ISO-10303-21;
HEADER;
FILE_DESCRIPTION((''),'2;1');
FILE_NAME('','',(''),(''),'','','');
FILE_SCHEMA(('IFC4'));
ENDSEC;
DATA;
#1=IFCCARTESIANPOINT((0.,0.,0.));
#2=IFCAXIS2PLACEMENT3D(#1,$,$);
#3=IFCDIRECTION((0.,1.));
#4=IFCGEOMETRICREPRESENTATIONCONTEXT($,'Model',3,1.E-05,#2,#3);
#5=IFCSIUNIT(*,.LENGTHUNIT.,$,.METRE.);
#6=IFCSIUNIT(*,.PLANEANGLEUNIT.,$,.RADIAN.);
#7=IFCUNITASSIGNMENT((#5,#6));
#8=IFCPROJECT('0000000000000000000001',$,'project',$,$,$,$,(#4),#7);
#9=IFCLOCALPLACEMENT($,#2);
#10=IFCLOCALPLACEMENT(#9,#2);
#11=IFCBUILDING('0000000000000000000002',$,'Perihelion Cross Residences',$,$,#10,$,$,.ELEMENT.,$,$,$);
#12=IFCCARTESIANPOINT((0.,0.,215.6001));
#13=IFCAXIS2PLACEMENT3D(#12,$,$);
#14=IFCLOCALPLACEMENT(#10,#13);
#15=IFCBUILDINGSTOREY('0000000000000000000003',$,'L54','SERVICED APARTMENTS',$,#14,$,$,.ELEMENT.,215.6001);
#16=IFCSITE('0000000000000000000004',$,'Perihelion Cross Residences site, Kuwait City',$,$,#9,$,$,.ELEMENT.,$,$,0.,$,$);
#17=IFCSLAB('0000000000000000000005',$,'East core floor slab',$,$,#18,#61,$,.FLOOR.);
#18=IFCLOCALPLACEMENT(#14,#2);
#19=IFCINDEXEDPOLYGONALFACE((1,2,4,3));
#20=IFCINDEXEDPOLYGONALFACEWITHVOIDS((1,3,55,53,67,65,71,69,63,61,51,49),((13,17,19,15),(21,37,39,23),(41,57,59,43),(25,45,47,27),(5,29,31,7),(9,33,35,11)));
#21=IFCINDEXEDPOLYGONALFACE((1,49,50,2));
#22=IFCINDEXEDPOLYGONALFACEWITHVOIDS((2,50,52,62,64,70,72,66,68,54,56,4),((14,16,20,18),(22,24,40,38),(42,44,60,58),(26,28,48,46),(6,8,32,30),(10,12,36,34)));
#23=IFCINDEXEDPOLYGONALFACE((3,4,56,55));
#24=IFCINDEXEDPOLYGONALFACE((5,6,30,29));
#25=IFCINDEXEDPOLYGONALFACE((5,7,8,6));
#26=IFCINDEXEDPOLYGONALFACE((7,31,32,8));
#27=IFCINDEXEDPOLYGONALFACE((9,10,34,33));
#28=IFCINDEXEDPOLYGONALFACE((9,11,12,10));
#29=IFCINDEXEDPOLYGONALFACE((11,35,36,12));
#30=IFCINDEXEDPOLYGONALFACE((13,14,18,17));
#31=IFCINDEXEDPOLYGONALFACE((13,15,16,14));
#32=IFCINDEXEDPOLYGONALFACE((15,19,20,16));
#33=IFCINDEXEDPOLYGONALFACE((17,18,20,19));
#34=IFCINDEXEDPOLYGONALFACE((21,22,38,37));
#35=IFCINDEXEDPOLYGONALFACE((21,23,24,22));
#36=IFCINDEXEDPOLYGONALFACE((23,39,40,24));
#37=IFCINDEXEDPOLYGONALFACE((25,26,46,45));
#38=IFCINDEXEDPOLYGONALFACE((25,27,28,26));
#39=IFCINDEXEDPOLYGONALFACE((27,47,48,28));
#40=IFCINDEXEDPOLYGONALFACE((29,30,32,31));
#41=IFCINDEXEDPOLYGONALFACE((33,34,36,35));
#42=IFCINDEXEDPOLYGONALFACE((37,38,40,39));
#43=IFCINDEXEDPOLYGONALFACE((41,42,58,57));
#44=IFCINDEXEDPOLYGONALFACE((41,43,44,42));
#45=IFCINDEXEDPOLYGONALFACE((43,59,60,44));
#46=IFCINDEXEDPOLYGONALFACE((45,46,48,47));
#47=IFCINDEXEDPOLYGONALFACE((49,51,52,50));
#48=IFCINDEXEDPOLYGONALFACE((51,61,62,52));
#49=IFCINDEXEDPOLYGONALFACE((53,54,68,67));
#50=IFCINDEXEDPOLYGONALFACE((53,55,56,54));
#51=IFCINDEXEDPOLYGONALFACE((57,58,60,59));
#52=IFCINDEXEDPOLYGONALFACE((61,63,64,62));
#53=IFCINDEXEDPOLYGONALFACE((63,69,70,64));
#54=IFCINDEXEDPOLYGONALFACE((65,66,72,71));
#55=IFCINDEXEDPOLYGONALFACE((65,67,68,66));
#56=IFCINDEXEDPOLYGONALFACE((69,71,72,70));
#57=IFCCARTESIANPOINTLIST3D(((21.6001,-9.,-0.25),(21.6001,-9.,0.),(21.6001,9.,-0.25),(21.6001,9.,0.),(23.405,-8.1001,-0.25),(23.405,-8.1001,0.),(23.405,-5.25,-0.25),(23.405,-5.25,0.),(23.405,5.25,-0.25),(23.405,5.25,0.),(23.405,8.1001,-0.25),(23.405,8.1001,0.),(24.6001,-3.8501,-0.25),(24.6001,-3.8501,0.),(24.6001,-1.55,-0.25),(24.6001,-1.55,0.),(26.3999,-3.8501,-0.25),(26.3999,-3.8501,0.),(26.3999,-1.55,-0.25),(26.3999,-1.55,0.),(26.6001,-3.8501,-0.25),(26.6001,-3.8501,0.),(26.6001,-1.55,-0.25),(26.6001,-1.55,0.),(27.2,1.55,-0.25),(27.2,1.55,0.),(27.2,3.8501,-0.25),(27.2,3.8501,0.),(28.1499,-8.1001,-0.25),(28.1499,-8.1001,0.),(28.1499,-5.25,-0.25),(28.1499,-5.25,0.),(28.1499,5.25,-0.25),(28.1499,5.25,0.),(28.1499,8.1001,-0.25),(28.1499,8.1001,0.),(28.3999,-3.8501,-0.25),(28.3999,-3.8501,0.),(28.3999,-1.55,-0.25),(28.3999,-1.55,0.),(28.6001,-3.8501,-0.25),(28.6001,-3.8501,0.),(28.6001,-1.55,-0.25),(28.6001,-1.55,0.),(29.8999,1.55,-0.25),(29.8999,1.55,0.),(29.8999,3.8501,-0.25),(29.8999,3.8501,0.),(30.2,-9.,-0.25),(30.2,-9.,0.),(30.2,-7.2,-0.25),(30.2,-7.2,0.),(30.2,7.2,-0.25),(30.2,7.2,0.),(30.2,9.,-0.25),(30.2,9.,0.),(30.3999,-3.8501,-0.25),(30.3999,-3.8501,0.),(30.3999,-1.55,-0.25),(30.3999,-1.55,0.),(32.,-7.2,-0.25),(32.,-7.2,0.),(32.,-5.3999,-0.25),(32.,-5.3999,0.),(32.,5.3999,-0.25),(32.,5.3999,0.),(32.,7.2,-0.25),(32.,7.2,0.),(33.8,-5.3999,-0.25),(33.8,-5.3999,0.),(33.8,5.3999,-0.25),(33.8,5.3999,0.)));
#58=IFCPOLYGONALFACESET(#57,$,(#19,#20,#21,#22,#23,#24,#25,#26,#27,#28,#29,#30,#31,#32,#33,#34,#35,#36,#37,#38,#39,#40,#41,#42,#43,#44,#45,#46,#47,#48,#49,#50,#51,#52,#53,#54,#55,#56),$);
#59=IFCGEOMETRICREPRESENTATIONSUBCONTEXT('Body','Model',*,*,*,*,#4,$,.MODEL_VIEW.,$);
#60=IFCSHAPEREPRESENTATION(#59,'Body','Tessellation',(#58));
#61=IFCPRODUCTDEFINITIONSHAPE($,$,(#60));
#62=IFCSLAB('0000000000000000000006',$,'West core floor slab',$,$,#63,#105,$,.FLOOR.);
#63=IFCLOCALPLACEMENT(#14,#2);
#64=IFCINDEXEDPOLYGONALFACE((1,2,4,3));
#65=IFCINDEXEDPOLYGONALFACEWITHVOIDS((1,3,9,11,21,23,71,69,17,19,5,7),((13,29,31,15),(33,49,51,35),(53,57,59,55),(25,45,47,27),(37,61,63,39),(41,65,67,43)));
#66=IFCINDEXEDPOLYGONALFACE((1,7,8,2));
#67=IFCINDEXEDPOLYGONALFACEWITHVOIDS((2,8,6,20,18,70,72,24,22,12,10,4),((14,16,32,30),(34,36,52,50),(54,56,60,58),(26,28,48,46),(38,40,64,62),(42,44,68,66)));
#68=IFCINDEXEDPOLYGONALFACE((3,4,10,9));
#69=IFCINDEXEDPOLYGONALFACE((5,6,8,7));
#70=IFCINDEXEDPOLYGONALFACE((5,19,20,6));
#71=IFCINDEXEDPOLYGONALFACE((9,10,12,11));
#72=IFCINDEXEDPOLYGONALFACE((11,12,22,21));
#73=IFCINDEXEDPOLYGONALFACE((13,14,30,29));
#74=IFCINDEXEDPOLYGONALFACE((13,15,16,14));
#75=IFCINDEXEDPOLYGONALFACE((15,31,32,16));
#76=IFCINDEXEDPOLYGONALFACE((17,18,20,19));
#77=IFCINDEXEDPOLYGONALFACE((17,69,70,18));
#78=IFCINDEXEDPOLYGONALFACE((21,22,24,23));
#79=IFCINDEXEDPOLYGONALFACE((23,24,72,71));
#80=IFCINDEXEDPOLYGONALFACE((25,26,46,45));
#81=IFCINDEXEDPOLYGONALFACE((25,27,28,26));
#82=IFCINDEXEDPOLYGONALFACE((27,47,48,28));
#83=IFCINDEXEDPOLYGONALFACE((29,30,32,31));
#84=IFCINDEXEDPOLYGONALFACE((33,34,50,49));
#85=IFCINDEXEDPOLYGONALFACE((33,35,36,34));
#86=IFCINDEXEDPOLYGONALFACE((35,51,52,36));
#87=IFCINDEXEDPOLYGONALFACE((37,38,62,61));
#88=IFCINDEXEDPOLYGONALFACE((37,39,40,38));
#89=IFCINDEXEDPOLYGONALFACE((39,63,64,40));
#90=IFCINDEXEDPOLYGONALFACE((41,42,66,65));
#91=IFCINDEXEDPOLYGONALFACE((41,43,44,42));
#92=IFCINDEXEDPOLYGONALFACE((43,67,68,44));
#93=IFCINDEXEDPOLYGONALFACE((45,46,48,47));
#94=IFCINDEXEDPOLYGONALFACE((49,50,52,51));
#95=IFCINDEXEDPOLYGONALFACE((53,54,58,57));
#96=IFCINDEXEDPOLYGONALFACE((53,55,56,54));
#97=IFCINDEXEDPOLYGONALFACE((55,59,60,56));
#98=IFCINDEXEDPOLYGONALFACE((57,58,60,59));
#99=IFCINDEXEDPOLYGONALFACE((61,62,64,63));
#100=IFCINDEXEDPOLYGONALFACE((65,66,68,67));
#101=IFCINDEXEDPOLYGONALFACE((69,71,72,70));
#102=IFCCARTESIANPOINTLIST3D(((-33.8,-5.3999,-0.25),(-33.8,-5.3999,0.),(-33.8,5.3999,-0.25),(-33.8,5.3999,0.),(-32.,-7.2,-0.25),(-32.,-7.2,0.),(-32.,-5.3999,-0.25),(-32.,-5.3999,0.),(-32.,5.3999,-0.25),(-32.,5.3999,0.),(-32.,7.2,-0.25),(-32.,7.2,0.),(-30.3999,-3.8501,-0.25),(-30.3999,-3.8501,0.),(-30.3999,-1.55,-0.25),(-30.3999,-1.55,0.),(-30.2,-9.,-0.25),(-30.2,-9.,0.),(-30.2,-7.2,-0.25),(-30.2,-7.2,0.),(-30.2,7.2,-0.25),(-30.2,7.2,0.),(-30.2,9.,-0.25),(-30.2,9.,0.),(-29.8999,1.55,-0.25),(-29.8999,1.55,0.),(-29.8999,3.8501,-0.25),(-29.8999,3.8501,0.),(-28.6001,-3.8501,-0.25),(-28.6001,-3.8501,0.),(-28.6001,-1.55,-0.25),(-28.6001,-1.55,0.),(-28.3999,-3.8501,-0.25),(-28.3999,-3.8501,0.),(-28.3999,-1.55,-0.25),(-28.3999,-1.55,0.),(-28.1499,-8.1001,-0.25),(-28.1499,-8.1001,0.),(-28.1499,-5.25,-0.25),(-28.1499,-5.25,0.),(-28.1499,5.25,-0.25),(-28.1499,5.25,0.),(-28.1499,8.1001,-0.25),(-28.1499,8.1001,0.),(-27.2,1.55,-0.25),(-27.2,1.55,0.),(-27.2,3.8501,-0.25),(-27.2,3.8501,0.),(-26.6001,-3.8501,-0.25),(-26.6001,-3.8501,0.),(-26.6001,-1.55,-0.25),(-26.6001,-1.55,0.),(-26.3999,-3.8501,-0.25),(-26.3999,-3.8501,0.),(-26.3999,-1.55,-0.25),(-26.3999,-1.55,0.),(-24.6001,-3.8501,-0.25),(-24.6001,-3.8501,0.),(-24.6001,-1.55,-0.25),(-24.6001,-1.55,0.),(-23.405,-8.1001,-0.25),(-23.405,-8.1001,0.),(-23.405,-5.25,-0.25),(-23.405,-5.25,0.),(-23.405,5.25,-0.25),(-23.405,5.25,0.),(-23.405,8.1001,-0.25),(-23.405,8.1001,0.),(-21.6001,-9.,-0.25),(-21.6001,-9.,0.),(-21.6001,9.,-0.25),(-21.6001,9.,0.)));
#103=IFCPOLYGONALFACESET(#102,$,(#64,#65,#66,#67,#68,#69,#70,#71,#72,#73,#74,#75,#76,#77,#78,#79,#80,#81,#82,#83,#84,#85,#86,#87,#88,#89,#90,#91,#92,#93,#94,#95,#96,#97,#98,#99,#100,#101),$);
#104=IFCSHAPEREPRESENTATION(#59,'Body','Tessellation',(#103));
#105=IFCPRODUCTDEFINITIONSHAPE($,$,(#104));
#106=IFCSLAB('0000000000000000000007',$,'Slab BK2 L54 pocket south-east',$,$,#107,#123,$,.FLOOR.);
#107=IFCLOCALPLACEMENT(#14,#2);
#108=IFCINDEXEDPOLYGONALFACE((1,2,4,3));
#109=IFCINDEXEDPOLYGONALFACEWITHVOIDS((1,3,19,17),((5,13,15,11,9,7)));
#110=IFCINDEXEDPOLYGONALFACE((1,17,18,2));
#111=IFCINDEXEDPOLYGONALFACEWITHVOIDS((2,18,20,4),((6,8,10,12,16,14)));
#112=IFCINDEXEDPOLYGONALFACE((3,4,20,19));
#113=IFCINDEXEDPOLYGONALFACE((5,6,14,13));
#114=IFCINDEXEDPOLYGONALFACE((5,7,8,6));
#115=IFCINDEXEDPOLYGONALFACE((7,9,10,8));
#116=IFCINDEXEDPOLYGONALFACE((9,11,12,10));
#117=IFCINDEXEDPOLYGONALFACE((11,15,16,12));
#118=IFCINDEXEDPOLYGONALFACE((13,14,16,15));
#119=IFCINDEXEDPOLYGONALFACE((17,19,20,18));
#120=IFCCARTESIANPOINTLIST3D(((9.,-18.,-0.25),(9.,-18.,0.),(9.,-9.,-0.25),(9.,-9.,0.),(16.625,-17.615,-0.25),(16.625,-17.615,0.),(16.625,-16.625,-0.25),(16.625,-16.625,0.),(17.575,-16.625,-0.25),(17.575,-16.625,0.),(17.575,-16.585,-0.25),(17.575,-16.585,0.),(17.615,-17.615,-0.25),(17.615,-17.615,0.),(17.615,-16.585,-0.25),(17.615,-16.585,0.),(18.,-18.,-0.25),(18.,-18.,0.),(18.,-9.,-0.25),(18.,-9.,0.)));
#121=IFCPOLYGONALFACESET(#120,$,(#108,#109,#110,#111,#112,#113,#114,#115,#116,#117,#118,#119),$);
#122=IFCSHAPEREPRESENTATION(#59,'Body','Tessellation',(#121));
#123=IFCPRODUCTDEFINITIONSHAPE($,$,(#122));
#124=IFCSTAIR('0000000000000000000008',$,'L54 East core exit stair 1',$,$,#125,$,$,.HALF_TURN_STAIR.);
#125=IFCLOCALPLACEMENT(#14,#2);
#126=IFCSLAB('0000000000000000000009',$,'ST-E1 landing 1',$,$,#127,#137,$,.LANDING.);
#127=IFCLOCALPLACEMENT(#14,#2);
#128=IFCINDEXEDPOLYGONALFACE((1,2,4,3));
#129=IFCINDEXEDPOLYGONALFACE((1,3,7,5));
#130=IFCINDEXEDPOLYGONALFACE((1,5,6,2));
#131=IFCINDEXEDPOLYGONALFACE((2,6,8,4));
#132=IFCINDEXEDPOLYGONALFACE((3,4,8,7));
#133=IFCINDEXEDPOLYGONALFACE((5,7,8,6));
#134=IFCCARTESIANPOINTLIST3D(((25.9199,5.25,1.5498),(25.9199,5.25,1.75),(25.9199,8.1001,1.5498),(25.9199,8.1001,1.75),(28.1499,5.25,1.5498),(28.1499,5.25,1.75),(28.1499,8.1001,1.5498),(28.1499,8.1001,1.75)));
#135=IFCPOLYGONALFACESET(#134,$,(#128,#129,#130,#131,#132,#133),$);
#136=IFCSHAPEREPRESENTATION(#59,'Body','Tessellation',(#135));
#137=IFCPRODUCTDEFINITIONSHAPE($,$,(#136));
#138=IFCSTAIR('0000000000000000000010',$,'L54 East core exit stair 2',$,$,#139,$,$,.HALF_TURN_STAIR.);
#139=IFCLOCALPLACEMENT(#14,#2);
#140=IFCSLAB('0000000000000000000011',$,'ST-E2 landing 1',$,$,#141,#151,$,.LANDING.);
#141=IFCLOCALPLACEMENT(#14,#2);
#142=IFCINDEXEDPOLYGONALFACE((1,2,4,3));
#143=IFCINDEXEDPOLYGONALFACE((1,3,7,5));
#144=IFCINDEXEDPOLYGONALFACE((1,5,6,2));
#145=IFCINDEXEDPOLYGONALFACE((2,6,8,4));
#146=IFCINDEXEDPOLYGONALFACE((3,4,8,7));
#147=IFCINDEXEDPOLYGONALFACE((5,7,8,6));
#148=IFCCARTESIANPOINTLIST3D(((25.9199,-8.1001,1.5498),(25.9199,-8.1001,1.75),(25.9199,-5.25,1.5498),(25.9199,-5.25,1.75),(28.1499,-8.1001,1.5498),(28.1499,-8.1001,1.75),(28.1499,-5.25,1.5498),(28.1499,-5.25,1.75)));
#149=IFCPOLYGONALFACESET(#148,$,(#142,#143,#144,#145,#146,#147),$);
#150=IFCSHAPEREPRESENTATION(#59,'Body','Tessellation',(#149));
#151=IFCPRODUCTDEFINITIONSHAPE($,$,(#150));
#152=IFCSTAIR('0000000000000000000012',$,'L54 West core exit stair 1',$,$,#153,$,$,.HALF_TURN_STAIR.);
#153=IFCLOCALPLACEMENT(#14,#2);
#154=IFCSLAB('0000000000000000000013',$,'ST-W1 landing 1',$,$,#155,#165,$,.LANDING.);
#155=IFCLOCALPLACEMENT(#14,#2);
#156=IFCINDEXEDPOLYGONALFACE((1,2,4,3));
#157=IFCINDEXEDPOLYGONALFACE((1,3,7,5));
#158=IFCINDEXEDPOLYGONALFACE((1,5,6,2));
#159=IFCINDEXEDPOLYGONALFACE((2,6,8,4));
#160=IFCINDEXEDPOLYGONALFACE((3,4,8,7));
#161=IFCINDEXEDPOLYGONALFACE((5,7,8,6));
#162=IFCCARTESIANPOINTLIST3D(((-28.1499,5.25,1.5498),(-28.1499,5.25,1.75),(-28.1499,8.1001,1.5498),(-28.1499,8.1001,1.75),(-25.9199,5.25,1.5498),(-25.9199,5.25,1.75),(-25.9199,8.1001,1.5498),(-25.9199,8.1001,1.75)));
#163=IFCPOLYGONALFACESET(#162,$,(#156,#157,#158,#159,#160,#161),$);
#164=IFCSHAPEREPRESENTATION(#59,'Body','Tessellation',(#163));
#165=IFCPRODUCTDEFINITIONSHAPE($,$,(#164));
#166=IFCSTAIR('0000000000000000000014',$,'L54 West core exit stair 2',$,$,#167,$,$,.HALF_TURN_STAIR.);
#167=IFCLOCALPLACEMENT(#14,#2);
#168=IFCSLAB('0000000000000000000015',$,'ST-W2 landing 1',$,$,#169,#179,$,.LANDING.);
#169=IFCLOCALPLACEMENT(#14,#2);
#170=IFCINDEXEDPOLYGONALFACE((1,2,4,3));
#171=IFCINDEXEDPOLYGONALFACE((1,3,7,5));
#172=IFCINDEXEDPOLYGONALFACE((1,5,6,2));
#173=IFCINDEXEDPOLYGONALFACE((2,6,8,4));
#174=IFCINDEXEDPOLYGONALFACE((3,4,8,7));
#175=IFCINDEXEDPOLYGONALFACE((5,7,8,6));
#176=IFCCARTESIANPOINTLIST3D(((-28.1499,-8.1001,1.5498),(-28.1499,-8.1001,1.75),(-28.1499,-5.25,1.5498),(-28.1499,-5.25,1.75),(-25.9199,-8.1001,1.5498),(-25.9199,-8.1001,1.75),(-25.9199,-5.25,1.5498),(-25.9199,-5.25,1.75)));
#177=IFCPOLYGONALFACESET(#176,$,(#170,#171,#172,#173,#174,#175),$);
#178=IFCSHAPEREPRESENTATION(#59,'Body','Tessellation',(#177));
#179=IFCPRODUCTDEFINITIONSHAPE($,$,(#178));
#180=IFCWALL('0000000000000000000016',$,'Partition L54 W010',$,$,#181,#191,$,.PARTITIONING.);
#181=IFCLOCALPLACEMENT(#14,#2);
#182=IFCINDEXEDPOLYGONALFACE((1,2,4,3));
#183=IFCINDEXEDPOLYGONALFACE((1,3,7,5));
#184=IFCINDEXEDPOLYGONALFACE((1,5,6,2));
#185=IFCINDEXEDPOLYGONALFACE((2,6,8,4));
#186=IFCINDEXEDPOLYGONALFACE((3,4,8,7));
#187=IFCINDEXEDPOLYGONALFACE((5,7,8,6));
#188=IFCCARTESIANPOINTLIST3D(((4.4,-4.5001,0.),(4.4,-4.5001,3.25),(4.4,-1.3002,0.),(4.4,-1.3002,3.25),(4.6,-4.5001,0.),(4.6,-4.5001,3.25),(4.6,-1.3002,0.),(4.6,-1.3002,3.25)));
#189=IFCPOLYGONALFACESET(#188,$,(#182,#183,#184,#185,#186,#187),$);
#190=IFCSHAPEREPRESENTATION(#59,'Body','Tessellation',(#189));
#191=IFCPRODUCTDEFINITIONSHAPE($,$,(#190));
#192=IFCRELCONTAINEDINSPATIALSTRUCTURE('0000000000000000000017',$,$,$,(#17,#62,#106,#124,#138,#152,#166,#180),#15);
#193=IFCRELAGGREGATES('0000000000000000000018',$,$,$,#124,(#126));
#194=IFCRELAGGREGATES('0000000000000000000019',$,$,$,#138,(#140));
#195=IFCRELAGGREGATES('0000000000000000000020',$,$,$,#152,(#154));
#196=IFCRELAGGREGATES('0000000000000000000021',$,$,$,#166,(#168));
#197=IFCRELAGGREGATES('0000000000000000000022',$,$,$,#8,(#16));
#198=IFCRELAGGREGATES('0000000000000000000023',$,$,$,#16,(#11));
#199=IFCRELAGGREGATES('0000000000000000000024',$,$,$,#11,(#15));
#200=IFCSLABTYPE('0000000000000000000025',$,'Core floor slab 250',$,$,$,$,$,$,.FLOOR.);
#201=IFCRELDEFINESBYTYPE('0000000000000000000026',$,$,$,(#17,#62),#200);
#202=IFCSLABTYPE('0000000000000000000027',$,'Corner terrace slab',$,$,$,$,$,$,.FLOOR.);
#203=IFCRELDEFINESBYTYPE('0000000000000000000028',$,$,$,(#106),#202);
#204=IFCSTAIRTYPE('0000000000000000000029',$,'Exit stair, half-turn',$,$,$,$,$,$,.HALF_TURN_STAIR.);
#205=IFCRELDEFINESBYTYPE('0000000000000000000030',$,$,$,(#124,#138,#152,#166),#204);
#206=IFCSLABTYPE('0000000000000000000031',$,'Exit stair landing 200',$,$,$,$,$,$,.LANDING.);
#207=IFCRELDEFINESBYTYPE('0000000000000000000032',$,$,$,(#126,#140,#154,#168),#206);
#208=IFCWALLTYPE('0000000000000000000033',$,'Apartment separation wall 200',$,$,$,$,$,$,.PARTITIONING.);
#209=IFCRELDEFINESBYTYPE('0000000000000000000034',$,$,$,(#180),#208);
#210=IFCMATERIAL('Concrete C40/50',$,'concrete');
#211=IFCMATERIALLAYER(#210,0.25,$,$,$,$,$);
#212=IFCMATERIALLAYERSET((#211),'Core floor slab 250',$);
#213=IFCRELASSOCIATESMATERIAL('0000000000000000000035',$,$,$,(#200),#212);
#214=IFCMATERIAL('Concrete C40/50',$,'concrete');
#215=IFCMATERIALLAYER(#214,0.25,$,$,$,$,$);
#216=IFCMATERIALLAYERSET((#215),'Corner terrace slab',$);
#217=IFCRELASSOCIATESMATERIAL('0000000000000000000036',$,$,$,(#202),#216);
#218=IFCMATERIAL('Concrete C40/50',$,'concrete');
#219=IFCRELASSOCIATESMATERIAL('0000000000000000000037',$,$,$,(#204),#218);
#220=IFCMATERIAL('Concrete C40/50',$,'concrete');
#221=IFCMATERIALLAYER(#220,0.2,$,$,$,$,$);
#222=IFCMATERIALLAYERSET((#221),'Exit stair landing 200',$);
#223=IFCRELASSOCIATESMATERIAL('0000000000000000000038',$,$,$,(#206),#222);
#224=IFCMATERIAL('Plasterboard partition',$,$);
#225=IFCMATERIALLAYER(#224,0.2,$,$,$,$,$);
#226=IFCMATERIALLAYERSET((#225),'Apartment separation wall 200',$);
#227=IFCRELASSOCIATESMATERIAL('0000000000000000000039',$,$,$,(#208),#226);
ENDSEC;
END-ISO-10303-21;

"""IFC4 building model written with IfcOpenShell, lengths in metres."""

from ifc_helpers import new_model, si_unit, direction, frame, frame_2d, origin, place, context, subcontext, project, spatial, polyline, rectangle, outline, extrude, material, layer, layer_set, type_object, element, aggregate, save


model = new_model("IFC4")

# Units and contexts
model_context = context("Model", 3, precision=1e-05, world=origin(), true_north=direction((0.0, 1.0)))
body_context = subcontext(model_context, "Body", "Model", "MODEL_VIEW")
ifc_project = project(units=[si_unit("LENGTHUNIT", "METRE"), si_unit("PLANEANGLEUNIT", "RADIAN")], contexts=[model_context])

# Site, building, storey
site_placement = place(None, origin())
site = spatial("IfcSite", under=ifc_project, at=site_placement, Name="Perihelion Cross Residences site, Kuwait City", CompositionType="ELEMENT", RefElevation=0.0)
building_placement = place(site_placement, origin())
building = spatial("IfcBuilding", under=site, at=building_placement, Name="Perihelion Cross Residences", CompositionType="ELEMENT")
storey_placement = place(building_placement, frame((0.0, 0.0, 215.6001)))
storey = spatial("IfcBuildingStorey", under=building, at=storey_placement, Name="L54", Description="SERVICED APARTMENTS", CompositionType="ELEMENT", Elevation=215.6001)

# Slabs
ifc_material_1 = material(Name="Concrete C40/50", Category="concrete")
ifc_layer_1 = layer(ifc_material_1, 0.25)
ifc_layer_set_1 = layer_set([ifc_layer_1], Name="Core floor slab 250")
slab_type_1 = type_object("IfcSlabType", Name="Core floor slab 250", PredefinedType="FLOOR", material=ifc_layer_set_1)
slab_1_placement = place(storey_placement, frame((0.0, 0.0, -0.25)))
element("IfcSlab", 1, at=slab_1_placement, inside=storey, type_object=slab_type_1, Name="East core floor slab", PredefinedType="FLOOR", context=body_context, shape_type="SweptSolid", body=[
    extrude(outline(polyline([(30.2, 7.2), (32.0, 7.2), (32.0, 5.3999), (33.8, 5.3999), (33.8, -5.3999), (32.0, -5.3999), (32.0, -7.2), (30.2, -7.2), (30.2, -9.0), (21.6001, -9.0), (21.6001, 9.0), (30.2, 9.0), (30.2, 7.2)]), holes=[polyline([(28.1499, -8.1001), (28.1499, -5.25), (23.405, -5.25), (23.405, -8.1001), (28.1499, -8.1001)]), polyline([(24.6001, -1.55), (24.6001, -3.8501), (26.3999, -3.8501), (26.3999, -1.55), (24.6001, -1.55)]), polyline([(26.6001, -1.55), (26.6001, -3.8501), (28.3999, -3.8501), (28.3999, -1.55), (26.6001, -1.55)]), polyline([(28.6001, -3.8501), (30.3999, -3.8501), (30.3999, -1.55), (28.6001, -1.55), (28.6001, -3.8501)]), polyline([(27.2, 3.8501), (27.2, 1.55), (29.8999, 1.55), (29.8999, 3.8501), (27.2, 3.8501)]), polyline([(23.405, 5.25), (28.1499, 5.25), (28.1499, 8.1001), (23.405, 8.1001), (23.405, 5.25)])]), origin(), (0.0, 0.0, 1.0), 0.25),
])
slab_2_placement = place(storey_placement, frame((0.0, 0.0, -0.25)))
element("IfcSlab", 2, at=slab_2_placement, inside=storey, type_object=slab_type_1, Name="West core floor slab", PredefinedType="FLOOR", context=body_context, shape_type="SweptSolid", body=[
    extrude(outline(polyline([(-30.2, 7.2), (-32.0, 7.2), (-32.0, 5.3999), (-33.8, 5.3999), (-33.8, -5.3999), (-32.0, -5.3999), (-32.0, -7.2), (-30.2, -7.2), (-30.2, -9.0), (-21.6001, -9.0), (-21.6001, 9.0), (-30.2, 9.0), (-30.2, 7.2)]), holes=[polyline([(-28.1499, -8.1001), (-28.1499, -5.25), (-23.405, -5.25), (-23.405, -8.1001), (-28.1499, -8.1001)]), polyline([(-24.6001, -1.55), (-24.6001, -3.8501), (-26.3999, -3.8501), (-26.3999, -1.55), (-24.6001, -1.55)]), polyline([(-26.6001, -1.55), (-26.6001, -3.8501), (-28.3999, -3.8501), (-28.3999, -1.55), (-26.6001, -1.55)]), polyline([(-28.6001, -3.8501), (-30.3999, -3.8501), (-30.3999, -1.55), (-28.6001, -1.55), (-28.6001, -3.8501)]), polyline([(-27.2, 3.8501), (-27.2, 1.55), (-29.8999, 1.55), (-29.8999, 3.8501), (-27.2, 3.8501)]), polyline([(-23.405, 5.25), (-28.1499, 5.25), (-28.1499, 8.1001), (-23.405, 8.1001), (-23.405, 5.25)])]), origin(), (0.0, 0.0, 1.0), 0.25),
])
ifc_material_2 = material(Name="Concrete C40/50", Category="concrete")
ifc_layer_2 = layer(ifc_material_2, 0.25)
ifc_layer_set_2 = layer_set([ifc_layer_2], Name="Corner terrace slab")
slab_type_2 = type_object("IfcSlabType", Name="Corner terrace slab", PredefinedType="FLOOR", material=ifc_layer_set_2)
slab_3_placement = place(storey_placement, frame((0.0, 0.0, -0.25)))
element("IfcSlab", 3, at=slab_3_placement, inside=storey, type_object=slab_type_2, Name="Slab BK2 L54 pocket south-east", PredefinedType="FLOOR", context=body_context, shape_type="SweptSolid", body=[
    extrude(outline(polyline([(18.0, -18.0), (18.0, -9.0), (9.0, -9.0), (9.0, -18.0), (18.0, -18.0)]), holes=[polyline([(16.625, -17.615), (16.625, -16.625), (17.575, -16.625), (17.575, -16.585), (17.615, -16.585), (17.615, -17.615), (16.625, -17.615)])]), origin(), (0.0, 0.0, 1.0), 0.25),
])

# Stairs, slabs
ifc_material_3 = material(Name="Concrete C40/50", Category="concrete")
stair_type = type_object("IfcStairType", Name="Exit stair, half-turn", PredefinedType="HALF_TURN_STAIR", material=ifc_material_3)
stair_1_placement = place(storey_placement, origin())
stair_1 = element("IfcStair", 4, at=stair_1_placement, inside=storey, type_object=stair_type, Name="L54 East core exit stair 1", PredefinedType="HALF_TURN_STAIR")
ifc_material_4 = material(Name="Concrete C40/50", Category="concrete")
ifc_layer_3 = layer(ifc_material_4, 0.2)
ifc_layer_set_3 = layer_set([ifc_layer_3], Name="Exit stair landing 200")
slab_type_3 = type_object("IfcSlabType", Name="Exit stair landing 200", PredefinedType="LANDING", material=ifc_layer_set_3)
slab_4_placement = place(storey_placement, frame((0.0, 0.0, 1.5498)))
slab_4 = element("IfcSlab", 5, at=slab_4_placement, type_object=slab_type_3, Name="ST-E1 landing 1", PredefinedType="LANDING", context=body_context, shape_type="SweptSolid", body=[
    extrude(outline(polyline([(25.9199, 5.25), (28.1499, 5.25), (28.1499, 8.1001), (25.9199, 8.1001), (25.9199, 5.25)])), origin(), (0.0, 0.0, 1.0), 0.2002),
])
aggregate(stair_1, [slab_4])
stair_2_placement = place(storey_placement, origin())
stair_2 = element("IfcStair", 6, at=stair_2_placement, inside=storey, type_object=stair_type, Name="L54 East core exit stair 2", PredefinedType="HALF_TURN_STAIR")
slab_5_placement = place(storey_placement, frame((0.0, 0.0, 1.5498)))
slab_5 = element("IfcSlab", 7, at=slab_5_placement, type_object=slab_type_3, Name="ST-E2 landing 1", PredefinedType="LANDING", context=body_context, shape_type="SweptSolid", body=[
    extrude(outline(polyline([(25.9199, -8.1001), (28.1499, -8.1001), (28.1499, -5.25), (25.9199, -5.25), (25.9199, -8.1001)])), origin(), (0.0, 0.0, 1.0), 0.2002),
])
aggregate(stair_2, [slab_5])
stair_3_placement = place(storey_placement, origin())
stair_3 = element("IfcStair", 8, at=stair_3_placement, inside=storey, type_object=stair_type, Name="L54 West core exit stair 1", PredefinedType="HALF_TURN_STAIR")
slab_6_placement = place(storey_placement, frame((0.0, 0.0, 1.5498)))
slab_6 = element("IfcSlab", 9, at=slab_6_placement, type_object=slab_type_3, Name="ST-W1 landing 1", PredefinedType="LANDING", context=body_context, shape_type="SweptSolid", body=[
    extrude(outline(polyline([(-25.9199, 8.1001), (-28.1499, 8.1001), (-28.1499, 5.25), (-25.9199, 5.25), (-25.9199, 8.1001)])), origin(), (0.0, 0.0, 1.0), 0.2002),
])
aggregate(stair_3, [slab_6])
stair_4_placement = place(storey_placement, origin())
stair_4 = element("IfcStair", 10, at=stair_4_placement, inside=storey, type_object=stair_type, Name="L54 West core exit stair 2", PredefinedType="HALF_TURN_STAIR")
slab_7_placement = place(storey_placement, frame((0.0, 0.0, 1.5498)))
slab_7 = element("IfcSlab", 11, at=slab_7_placement, type_object=slab_type_3, Name="ST-W2 landing 1", PredefinedType="LANDING", context=body_context, shape_type="SweptSolid", body=[
    extrude(outline(polyline([(-25.9199, -5.25), (-28.1499, -5.25), (-28.1499, -8.1001), (-25.9199, -8.1001), (-25.9199, -5.25)])), origin(), (0.0, 0.0, 1.0), 0.2002),
])
aggregate(stair_4, [slab_7])

# Wall
ifc_material_5 = material(Name="Plasterboard partition")
ifc_layer_4 = layer(ifc_material_5, 0.2)
ifc_layer_set_4 = layer_set([ifc_layer_4], Name="Apartment separation wall 200")
wall_type = type_object("IfcWallType", Name="Apartment separation wall 200", PredefinedType="PARTITIONING", material=ifc_layer_set_4)
wall_placement = place(storey_placement, frame((4.5, -1.3, 0.0), z_axis=(0.0, 0.0, 1.0), x_axis=(0.0, -1.0, 0.0)))
element("IfcWall", 12, at=wall_placement, inside=storey, type_object=wall_type, Name="Partition L54 W010", PredefinedType="PARTITIONING", context=body_context, shape_type="SweptSolid", body=[
    extrude(rectangle(XDim=3.2, YDim=0.2, at=frame_2d((1.6001, 0.0))), origin(), (0.0, 0.0, 1.0), 3.25),
])

save(model, "model.ifc")
